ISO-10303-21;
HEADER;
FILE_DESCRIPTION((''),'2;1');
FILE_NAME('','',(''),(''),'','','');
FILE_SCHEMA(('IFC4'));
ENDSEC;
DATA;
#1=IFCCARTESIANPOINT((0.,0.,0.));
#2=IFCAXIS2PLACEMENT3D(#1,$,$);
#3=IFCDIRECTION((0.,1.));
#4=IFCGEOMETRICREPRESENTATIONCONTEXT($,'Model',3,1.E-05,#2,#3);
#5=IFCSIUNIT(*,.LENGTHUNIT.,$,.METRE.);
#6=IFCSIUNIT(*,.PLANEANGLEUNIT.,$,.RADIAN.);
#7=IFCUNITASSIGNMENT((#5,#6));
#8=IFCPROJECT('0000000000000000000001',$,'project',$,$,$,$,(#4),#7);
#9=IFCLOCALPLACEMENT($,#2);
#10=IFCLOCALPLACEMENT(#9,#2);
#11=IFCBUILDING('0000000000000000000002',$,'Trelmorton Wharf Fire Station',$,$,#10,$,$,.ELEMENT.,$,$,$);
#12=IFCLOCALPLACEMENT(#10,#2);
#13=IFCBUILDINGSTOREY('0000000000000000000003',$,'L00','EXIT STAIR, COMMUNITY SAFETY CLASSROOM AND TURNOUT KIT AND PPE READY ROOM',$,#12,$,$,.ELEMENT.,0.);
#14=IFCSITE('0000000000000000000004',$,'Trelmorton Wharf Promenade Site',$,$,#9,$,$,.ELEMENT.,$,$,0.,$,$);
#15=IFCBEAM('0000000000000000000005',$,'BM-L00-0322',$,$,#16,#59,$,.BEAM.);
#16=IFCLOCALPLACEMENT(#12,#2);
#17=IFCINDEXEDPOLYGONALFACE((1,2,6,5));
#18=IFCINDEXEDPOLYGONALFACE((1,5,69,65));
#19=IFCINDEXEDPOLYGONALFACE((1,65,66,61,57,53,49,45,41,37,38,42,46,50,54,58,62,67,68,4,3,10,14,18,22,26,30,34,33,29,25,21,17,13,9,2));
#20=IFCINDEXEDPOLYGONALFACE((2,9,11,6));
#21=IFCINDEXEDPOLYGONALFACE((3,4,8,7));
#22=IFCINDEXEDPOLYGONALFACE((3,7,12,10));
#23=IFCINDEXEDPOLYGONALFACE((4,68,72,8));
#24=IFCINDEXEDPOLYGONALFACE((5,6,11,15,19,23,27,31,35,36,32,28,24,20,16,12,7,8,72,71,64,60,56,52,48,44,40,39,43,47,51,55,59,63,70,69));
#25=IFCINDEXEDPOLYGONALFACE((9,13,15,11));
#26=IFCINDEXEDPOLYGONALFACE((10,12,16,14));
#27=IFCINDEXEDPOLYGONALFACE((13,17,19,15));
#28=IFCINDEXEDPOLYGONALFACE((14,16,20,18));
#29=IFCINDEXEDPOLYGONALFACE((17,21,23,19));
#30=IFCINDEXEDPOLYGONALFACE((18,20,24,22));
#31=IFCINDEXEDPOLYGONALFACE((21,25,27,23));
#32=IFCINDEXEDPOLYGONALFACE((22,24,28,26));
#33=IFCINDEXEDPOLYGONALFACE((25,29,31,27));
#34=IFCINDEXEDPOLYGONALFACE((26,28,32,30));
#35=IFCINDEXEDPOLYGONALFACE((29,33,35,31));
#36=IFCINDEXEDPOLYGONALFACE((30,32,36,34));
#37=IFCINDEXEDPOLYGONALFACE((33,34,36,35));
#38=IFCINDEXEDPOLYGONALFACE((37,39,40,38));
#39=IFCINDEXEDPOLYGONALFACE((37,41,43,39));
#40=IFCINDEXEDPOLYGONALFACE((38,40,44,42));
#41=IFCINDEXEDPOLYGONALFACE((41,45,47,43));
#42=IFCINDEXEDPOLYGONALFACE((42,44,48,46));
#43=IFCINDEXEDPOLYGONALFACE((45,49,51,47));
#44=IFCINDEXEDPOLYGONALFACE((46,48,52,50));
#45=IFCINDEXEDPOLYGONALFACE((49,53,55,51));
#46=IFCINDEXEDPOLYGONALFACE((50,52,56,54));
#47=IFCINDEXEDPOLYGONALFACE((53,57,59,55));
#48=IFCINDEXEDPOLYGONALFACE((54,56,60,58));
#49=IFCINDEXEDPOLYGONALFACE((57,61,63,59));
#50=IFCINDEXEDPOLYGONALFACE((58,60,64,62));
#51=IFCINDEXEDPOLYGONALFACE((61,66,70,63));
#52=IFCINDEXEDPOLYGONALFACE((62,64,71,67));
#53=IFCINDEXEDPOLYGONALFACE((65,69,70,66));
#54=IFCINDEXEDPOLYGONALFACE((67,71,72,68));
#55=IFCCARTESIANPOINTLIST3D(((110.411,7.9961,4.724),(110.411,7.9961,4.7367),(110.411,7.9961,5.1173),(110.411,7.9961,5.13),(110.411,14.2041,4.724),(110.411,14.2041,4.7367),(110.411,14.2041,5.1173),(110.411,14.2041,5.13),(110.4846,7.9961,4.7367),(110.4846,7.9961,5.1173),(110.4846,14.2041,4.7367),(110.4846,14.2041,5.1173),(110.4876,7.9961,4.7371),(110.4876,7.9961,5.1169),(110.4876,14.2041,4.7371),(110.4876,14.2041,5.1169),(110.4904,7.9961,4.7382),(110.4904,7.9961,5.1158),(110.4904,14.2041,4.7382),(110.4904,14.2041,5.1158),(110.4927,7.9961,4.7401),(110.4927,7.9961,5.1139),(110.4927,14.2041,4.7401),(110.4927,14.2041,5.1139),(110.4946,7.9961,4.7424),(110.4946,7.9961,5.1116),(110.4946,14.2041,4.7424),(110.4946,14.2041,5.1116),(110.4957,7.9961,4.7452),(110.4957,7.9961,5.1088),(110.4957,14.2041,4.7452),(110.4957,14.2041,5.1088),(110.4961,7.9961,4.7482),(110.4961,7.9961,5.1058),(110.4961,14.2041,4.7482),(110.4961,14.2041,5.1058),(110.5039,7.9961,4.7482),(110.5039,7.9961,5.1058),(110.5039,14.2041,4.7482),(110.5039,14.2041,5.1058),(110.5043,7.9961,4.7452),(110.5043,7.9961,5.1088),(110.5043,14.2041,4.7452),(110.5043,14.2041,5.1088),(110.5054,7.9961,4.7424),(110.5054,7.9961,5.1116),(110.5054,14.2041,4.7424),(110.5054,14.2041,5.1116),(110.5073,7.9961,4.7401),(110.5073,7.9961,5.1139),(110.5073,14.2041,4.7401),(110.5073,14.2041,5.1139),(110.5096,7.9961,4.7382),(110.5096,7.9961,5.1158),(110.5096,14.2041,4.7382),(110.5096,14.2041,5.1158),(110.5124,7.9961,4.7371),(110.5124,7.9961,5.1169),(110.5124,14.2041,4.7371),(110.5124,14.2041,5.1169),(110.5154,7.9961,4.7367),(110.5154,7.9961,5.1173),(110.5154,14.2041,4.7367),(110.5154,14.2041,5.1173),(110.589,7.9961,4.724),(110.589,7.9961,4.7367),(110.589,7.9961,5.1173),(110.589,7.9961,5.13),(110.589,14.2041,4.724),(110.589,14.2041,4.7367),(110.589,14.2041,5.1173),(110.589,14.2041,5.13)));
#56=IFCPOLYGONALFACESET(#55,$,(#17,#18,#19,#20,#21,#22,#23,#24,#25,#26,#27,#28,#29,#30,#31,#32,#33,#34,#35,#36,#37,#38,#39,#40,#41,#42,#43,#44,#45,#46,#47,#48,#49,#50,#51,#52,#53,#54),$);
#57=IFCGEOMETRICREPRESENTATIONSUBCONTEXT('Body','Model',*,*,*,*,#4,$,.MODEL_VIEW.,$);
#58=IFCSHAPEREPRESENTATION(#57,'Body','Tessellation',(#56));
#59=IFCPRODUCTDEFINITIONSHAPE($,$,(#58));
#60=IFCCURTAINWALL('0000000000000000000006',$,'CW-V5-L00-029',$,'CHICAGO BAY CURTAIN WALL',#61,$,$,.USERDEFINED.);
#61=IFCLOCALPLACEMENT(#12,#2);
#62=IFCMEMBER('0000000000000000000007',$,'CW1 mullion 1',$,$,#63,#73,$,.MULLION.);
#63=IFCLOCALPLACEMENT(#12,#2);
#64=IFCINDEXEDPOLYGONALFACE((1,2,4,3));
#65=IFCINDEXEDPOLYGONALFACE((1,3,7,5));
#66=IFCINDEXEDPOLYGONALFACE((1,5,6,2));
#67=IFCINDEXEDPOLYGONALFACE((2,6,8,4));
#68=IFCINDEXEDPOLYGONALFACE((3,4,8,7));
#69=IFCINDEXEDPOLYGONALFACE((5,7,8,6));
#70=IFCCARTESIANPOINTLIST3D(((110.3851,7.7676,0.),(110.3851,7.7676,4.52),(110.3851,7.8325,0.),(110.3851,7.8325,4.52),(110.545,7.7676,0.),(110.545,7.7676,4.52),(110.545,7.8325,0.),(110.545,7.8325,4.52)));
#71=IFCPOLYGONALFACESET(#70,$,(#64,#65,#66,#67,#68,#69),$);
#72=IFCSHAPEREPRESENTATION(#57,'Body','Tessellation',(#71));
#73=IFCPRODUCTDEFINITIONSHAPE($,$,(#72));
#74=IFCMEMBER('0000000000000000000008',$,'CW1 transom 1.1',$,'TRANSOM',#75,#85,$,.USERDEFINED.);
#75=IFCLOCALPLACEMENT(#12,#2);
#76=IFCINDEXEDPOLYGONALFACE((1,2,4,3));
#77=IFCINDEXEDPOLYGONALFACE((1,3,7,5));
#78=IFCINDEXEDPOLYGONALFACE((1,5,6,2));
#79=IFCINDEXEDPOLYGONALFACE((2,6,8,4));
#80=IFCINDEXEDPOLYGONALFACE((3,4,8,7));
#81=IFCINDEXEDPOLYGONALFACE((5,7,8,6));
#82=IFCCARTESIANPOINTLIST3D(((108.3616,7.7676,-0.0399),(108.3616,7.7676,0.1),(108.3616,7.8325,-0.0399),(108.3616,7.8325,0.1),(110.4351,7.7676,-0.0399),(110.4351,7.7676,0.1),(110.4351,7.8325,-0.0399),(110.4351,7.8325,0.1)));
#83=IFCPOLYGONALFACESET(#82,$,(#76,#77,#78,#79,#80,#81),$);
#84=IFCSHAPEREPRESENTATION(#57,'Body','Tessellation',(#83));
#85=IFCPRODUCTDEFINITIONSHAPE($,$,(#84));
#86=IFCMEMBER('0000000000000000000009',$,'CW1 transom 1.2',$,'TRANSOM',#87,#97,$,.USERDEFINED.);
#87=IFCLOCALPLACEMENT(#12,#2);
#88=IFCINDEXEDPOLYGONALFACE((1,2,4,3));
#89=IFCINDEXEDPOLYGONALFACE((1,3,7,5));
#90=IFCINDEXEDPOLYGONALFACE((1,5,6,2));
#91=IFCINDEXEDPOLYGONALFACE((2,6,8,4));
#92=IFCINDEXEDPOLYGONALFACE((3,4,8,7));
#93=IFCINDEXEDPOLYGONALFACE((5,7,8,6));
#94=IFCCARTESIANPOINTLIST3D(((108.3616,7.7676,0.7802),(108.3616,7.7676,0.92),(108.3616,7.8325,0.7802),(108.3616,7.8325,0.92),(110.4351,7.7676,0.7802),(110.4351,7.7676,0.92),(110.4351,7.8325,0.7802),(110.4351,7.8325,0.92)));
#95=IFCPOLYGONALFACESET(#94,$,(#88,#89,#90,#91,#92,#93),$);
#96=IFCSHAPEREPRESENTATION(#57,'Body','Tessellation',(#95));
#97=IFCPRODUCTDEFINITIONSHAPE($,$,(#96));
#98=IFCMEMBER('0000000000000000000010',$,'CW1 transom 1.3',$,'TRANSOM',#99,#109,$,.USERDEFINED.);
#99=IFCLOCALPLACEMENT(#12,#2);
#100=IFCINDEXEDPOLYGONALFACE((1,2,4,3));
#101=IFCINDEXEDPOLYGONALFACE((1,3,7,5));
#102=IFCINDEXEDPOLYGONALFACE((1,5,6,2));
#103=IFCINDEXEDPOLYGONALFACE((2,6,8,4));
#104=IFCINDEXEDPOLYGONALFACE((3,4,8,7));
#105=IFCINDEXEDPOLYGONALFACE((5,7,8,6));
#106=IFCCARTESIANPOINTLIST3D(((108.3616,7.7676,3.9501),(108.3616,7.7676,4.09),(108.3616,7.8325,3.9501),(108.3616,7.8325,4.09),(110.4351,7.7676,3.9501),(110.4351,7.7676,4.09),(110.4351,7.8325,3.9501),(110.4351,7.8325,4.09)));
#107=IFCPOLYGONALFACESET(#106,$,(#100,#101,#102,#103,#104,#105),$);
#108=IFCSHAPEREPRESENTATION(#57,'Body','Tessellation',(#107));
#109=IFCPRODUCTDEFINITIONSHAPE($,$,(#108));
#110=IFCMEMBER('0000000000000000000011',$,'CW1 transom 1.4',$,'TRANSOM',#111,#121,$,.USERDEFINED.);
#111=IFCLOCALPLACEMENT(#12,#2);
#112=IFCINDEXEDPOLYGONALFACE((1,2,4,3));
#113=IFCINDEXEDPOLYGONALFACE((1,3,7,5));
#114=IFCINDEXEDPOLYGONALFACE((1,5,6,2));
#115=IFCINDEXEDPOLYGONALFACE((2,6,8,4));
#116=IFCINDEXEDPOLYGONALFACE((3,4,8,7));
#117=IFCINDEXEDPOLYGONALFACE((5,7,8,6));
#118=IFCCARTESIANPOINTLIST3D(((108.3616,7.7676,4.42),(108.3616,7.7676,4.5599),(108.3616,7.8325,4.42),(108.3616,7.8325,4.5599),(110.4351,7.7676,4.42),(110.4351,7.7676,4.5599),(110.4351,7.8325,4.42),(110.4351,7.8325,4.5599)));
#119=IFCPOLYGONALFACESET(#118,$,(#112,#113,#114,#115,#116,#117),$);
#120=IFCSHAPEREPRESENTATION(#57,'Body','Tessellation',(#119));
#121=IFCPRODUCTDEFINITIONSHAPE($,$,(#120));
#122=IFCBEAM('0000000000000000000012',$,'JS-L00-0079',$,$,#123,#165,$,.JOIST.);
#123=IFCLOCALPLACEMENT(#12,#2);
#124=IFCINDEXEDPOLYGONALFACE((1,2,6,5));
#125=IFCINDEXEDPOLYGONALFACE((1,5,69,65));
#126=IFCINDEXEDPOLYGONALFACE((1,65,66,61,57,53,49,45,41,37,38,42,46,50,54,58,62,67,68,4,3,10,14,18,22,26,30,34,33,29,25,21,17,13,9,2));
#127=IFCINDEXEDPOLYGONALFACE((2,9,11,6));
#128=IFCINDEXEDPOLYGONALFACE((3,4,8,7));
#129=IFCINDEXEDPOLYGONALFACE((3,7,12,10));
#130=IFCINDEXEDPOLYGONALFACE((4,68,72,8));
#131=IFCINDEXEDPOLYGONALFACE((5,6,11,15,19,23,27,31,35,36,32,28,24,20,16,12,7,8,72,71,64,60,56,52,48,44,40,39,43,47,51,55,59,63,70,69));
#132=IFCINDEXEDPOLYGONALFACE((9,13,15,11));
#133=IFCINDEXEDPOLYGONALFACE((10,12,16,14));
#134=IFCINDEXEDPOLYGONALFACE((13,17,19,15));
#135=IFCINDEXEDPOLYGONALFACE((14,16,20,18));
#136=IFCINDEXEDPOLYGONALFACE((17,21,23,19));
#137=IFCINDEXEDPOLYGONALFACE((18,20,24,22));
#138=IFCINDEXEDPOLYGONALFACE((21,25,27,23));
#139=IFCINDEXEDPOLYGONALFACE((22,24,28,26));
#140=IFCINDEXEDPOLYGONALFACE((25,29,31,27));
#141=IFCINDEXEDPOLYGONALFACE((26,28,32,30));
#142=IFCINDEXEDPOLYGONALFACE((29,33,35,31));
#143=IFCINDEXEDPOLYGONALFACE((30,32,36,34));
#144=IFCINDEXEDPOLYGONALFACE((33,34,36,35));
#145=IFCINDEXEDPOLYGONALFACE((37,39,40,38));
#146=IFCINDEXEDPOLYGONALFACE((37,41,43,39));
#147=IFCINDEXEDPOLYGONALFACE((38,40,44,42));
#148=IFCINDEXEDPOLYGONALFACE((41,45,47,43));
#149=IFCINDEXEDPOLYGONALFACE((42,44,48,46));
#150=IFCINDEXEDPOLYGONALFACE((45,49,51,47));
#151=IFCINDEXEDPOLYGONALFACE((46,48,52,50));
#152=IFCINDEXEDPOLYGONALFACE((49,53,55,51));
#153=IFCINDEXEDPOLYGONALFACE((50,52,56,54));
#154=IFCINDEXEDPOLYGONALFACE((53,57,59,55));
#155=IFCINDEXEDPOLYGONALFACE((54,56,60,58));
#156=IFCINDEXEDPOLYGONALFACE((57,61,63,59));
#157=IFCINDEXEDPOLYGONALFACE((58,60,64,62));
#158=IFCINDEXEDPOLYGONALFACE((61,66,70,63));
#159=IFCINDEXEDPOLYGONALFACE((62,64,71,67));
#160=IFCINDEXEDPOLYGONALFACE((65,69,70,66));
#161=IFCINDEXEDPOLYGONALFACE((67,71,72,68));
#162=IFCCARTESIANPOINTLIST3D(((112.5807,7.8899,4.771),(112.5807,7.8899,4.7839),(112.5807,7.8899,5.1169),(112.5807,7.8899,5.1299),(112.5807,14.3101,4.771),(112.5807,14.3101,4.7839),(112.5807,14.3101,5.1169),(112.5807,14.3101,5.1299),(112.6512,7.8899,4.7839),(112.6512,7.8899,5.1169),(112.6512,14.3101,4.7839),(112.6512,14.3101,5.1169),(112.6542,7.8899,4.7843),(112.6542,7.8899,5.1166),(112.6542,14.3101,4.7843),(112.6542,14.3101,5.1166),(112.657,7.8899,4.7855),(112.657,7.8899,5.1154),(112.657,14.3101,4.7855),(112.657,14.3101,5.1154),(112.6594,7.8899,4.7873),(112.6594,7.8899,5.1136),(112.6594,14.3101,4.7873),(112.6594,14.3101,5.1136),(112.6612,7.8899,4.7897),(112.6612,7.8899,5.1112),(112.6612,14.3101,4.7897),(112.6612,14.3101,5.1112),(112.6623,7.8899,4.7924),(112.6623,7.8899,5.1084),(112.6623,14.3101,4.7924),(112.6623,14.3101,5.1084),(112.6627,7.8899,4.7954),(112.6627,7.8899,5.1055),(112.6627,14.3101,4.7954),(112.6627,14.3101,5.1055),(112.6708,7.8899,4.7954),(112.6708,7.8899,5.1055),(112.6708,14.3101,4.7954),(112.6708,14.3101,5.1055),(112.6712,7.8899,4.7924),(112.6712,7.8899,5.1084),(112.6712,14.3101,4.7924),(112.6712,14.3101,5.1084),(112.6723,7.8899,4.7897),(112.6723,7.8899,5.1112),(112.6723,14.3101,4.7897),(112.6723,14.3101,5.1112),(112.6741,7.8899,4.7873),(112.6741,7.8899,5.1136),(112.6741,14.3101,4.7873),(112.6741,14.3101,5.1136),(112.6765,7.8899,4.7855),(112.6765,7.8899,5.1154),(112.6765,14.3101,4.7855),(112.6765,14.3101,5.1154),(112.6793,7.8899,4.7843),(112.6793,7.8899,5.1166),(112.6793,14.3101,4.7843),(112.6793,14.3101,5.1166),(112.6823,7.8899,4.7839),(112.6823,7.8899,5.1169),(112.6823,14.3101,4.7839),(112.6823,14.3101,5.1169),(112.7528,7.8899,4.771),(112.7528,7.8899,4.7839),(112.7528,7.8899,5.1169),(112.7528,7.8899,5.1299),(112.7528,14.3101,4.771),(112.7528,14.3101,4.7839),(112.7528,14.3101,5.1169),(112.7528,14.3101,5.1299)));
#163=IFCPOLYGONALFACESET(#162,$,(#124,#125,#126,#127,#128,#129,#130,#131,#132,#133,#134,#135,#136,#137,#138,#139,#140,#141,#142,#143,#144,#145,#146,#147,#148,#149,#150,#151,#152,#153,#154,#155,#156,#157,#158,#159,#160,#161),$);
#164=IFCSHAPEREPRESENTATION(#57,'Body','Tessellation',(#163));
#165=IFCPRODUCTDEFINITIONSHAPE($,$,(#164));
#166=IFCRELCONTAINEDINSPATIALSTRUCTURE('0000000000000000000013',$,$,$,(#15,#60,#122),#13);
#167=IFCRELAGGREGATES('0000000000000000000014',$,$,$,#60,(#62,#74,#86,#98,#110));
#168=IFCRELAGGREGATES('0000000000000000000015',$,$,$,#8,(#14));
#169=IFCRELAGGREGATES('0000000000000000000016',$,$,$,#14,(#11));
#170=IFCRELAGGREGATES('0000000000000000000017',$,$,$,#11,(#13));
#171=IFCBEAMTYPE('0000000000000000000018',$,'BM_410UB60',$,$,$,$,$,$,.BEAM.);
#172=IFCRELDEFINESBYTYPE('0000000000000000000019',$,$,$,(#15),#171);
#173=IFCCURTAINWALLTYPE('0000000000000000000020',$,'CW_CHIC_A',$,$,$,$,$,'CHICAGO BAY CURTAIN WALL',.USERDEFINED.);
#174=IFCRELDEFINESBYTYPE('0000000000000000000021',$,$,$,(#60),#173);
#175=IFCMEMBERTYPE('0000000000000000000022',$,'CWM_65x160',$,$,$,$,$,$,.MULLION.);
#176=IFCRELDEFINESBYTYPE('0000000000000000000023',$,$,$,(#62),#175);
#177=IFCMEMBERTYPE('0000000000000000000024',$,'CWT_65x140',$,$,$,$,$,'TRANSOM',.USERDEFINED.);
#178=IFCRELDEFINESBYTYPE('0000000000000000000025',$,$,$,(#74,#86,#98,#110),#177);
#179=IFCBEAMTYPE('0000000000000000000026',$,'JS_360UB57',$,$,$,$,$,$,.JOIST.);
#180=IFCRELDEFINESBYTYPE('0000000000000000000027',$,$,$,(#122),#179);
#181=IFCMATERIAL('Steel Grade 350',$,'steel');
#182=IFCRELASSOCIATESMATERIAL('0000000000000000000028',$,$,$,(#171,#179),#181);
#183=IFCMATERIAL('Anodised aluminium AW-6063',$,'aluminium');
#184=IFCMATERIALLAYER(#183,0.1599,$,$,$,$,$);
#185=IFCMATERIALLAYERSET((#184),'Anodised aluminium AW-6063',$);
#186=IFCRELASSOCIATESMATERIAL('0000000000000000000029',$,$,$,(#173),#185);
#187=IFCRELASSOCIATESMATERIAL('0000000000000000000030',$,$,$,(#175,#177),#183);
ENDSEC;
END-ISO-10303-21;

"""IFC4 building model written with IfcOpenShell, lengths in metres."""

from ifc_helpers import new_model, si_unit, direction, frame, origin, origin_2d, place, context, subcontext, project, spatial, rectangle, i_section, extrude, material, layer, layer_set, material_profile, profile_set, type_object, element, aggregate, save


model = new_model("IFC4")

# Units and contexts
model_context = context("Model", 3, precision=1e-05, world=origin(), true_north=direction((0.0, 1.0)))
body_context = subcontext(model_context, "Body", "Model", "MODEL_VIEW")
ifc_project = project(units=[si_unit("LENGTHUNIT", "METRE"), si_unit("PLANEANGLEUNIT", "RADIAN")], contexts=[model_context])

# Site, building, storey
site_placement = place(None, origin())
site = spatial("IfcSite", under=ifc_project, at=site_placement, Name="Trelmorton Wharf Promenade Site", CompositionType="ELEMENT", RefElevation=0.0)
building_placement = place(site_placement, origin())
building = spatial("IfcBuilding", under=site, at=building_placement, Name="Trelmorton Wharf Fire Station", CompositionType="ELEMENT")
storey_placement = place(building_placement, origin())
storey = spatial("IfcBuildingStorey", under=building, at=storey_placement, Name="L00", Description="EXIT STAIR, COMMUNITY SAFETY CLASSROOM AND TURNOUT KIT AND PPE READY ROOM", CompositionType="ELEMENT", Elevation=0.0)

# Shared definitions
ifc_material_1 = material(Name="Steel Grade 350", Category="steel")

# Beam
ifc_material_profile_1 = material_profile(ifc_material_1, i_section(OverallWidth=0.178, OverallDepth=0.406, WebThickness=0.0078, FlangeThickness=0.0127, FilletRadius=0.0115, at=origin_2d()), Name="410UB59.7")
ifc_profile_set_1 = profile_set([ifc_material_profile_1], Name="Steel Grade 350")
beam_type_1 = type_object("IfcBeamType", Name="BM_410UB60", PredefinedType="BEAM", material=ifc_profile_set_1)
beam_1_placement = place(storey_placement, frame((110.5, 7.9961, 4.927), z_axis=(0.0, 1.0, 0.0), x_axis=(-1.0, 0.0, 0.0)))
element("IfcBeam", 1, at=beam_1_placement, inside=storey, type_object=beam_type_1, Name="BM-L00-0322", PredefinedType="BEAM", context=body_context, shape_type="SweptSolid", body=[
    extrude(i_section(OverallWidth=0.178, OverallDepth=0.406, WebThickness=0.0078, FlangeThickness=0.0127, FilletRadius=0.0115, at=origin_2d()), origin(), (0.0, 0.0, 1.0), 6.208),
])

# Curtain wall, members
ifc_material_2 = material(Name="Anodised aluminium AW-6063", Category="aluminium")
ifc_layer_1 = layer(ifc_material_2, 0.1599)
ifc_layer_set_1 = layer_set([ifc_layer_1], Name="Anodised aluminium AW-6063")
curtain_wall_type = type_object("IfcCurtainWallType", Name="CW_CHIC_A", ElementType="CHICAGO BAY CURTAIN WALL", PredefinedType="USERDEFINED", material=ifc_layer_set_1)
curtain_wall_placement = place(storey_placement, origin())
curtain_wall = element("IfcCurtainWall", 2, at=curtain_wall_placement, inside=storey, type_object=curtain_wall_type, Name="CW-V5-L00-029", ObjectType="CHICAGO BAY CURTAIN WALL", PredefinedType="USERDEFINED")
ifc_material_profile_2 = material_profile(ifc_material_2, rectangle(XDim=0.0649, YDim=0.1599, at=origin_2d()), Name="ALU-65x160")
ifc_profile_set_2 = profile_set([ifc_material_profile_2], Name="Anodised aluminium AW-6063")
member_type_1 = type_object("IfcMemberType", Name="CWM_65x160", PredefinedType="MULLION", material=ifc_profile_set_2)
member_1_placement = place(storey_placement, frame((110.4651, 7.8, 0.0), z_axis=(0.0, 0.0, 1.0), x_axis=(0.0, -1.0, 0.0)))
member_1 = element("IfcMember", 3, at=member_1_placement, type_object=member_type_1, Name="CW1 mullion 1", PredefinedType="MULLION", context=body_context, shape_type="SweptSolid", body=[
    extrude(rectangle(XDim=0.0649, YDim=0.1599, at=origin_2d()), origin(), (0.0, 0.0, 1.0), 4.52),
])
ifc_material_profile_3 = material_profile(ifc_material_2, rectangle(XDim=0.0649, YDim=0.1399, at=origin_2d()), Name="ALU-65x140")
ifc_profile_set_3 = profile_set([ifc_material_profile_3], Name="Anodised aluminium AW-6063")
member_type_2 = type_object("IfcMemberType", Name="CWT_65x140", ElementType="TRANSOM", PredefinedType="USERDEFINED", material=ifc_profile_set_3)
member_2_placement = place(storey_placement, frame((110.4351, 7.8, 0.03), z_axis=(-1.0, 0.0, 0.0), x_axis=(0.0, -1.0, 0.0)))
member_2 = element("IfcMember", 4, at=member_2_placement, type_object=member_type_2, Name="CW1 transom 1.1", ObjectType="TRANSOM", PredefinedType="USERDEFINED", context=body_context, shape_type="SweptSolid", body=[
    extrude(rectangle(XDim=0.0649, YDim=0.1399, at=origin_2d()), origin(), (0.0, 0.0, 1.0), 2.0735),
])
member_3_placement = place(storey_placement, frame((110.4351, 7.8, 0.8501), z_axis=(-1.0, 0.0, 0.0), x_axis=(0.0, -1.0, 0.0)))
member_3 = element("IfcMember", 5, at=member_3_placement, type_object=member_type_2, Name="CW1 transom 1.2", ObjectType="TRANSOM", PredefinedType="USERDEFINED", context=body_context, shape_type="SweptSolid", body=[
    extrude(rectangle(XDim=0.0649, YDim=0.1399, at=origin_2d()), origin(), (0.0, 0.0, 1.0), 2.0735),
])
member_4_placement = place(storey_placement, frame((110.4351, 7.8, 4.02), z_axis=(-1.0, 0.0, 0.0), x_axis=(0.0, -1.0, 0.0)))
member_4 = element("IfcMember", 6, at=member_4_placement, type_object=member_type_2, Name="CW1 transom 1.3", ObjectType="TRANSOM", PredefinedType="USERDEFINED", context=body_context, shape_type="SweptSolid", body=[
    extrude(rectangle(XDim=0.0649, YDim=0.1399, at=origin_2d()), origin(), (0.0, 0.0, 1.0), 2.0735),
])
member_5_placement = place(storey_placement, frame((110.4351, 7.8, 4.49), z_axis=(-1.0, 0.0, 0.0), x_axis=(0.0, -1.0, 0.0)))
member_5 = element("IfcMember", 7, at=member_5_placement, type_object=member_type_2, Name="CW1 transom 1.4", ObjectType="TRANSOM", PredefinedType="USERDEFINED", context=body_context, shape_type="SweptSolid", body=[
    extrude(rectangle(XDim=0.0649, YDim=0.1399, at=origin_2d()), origin(), (0.0, 0.0, 1.0), 2.0735),
])

# Beam
ifc_material_profile_4 = material_profile(ifc_material_1, i_section(OverallWidth=0.1721, OverallDepth=0.3589, WebThickness=0.0081, FlangeThickness=0.0129, FilletRadius=0.0115, at=origin_2d()), Name="360UB56.7")
ifc_profile_set_4 = profile_set([ifc_material_profile_4], Name="Steel Grade 350")
beam_type_2 = type_object("IfcBeamType", Name="JS_360UB57", PredefinedType="JOIST", material=ifc_profile_set_4)
for number, where, z_axis, x_axis, name in (
    (8, (112.6667, 7.8899, 4.9504), (0.0, 1.0, 0.0), (-1.0, 0.0, 0.0), "JS-L00-0079"),
):
    element("IfcBeam", number, at=place(storey_placement, frame(where, z_axis=z_axis, x_axis=x_axis)), inside=storey, type_object=beam_type_2, Name=name, PredefinedType="JOIST", context=body_context, shape_type="SweptSolid", body=[
        extrude(i_section(OverallWidth=0.1721, OverallDepth=0.3589, WebThickness=0.0081, FlangeThickness=0.0129, FilletRadius=0.0115, at=origin_2d()), origin(), (0.0, 0.0, 1.0), 6.4202),
    ])

aggregate(curtain_wall, [member_1, member_2, member_3, member_4, member_5])

save(model, "model.ifc")
